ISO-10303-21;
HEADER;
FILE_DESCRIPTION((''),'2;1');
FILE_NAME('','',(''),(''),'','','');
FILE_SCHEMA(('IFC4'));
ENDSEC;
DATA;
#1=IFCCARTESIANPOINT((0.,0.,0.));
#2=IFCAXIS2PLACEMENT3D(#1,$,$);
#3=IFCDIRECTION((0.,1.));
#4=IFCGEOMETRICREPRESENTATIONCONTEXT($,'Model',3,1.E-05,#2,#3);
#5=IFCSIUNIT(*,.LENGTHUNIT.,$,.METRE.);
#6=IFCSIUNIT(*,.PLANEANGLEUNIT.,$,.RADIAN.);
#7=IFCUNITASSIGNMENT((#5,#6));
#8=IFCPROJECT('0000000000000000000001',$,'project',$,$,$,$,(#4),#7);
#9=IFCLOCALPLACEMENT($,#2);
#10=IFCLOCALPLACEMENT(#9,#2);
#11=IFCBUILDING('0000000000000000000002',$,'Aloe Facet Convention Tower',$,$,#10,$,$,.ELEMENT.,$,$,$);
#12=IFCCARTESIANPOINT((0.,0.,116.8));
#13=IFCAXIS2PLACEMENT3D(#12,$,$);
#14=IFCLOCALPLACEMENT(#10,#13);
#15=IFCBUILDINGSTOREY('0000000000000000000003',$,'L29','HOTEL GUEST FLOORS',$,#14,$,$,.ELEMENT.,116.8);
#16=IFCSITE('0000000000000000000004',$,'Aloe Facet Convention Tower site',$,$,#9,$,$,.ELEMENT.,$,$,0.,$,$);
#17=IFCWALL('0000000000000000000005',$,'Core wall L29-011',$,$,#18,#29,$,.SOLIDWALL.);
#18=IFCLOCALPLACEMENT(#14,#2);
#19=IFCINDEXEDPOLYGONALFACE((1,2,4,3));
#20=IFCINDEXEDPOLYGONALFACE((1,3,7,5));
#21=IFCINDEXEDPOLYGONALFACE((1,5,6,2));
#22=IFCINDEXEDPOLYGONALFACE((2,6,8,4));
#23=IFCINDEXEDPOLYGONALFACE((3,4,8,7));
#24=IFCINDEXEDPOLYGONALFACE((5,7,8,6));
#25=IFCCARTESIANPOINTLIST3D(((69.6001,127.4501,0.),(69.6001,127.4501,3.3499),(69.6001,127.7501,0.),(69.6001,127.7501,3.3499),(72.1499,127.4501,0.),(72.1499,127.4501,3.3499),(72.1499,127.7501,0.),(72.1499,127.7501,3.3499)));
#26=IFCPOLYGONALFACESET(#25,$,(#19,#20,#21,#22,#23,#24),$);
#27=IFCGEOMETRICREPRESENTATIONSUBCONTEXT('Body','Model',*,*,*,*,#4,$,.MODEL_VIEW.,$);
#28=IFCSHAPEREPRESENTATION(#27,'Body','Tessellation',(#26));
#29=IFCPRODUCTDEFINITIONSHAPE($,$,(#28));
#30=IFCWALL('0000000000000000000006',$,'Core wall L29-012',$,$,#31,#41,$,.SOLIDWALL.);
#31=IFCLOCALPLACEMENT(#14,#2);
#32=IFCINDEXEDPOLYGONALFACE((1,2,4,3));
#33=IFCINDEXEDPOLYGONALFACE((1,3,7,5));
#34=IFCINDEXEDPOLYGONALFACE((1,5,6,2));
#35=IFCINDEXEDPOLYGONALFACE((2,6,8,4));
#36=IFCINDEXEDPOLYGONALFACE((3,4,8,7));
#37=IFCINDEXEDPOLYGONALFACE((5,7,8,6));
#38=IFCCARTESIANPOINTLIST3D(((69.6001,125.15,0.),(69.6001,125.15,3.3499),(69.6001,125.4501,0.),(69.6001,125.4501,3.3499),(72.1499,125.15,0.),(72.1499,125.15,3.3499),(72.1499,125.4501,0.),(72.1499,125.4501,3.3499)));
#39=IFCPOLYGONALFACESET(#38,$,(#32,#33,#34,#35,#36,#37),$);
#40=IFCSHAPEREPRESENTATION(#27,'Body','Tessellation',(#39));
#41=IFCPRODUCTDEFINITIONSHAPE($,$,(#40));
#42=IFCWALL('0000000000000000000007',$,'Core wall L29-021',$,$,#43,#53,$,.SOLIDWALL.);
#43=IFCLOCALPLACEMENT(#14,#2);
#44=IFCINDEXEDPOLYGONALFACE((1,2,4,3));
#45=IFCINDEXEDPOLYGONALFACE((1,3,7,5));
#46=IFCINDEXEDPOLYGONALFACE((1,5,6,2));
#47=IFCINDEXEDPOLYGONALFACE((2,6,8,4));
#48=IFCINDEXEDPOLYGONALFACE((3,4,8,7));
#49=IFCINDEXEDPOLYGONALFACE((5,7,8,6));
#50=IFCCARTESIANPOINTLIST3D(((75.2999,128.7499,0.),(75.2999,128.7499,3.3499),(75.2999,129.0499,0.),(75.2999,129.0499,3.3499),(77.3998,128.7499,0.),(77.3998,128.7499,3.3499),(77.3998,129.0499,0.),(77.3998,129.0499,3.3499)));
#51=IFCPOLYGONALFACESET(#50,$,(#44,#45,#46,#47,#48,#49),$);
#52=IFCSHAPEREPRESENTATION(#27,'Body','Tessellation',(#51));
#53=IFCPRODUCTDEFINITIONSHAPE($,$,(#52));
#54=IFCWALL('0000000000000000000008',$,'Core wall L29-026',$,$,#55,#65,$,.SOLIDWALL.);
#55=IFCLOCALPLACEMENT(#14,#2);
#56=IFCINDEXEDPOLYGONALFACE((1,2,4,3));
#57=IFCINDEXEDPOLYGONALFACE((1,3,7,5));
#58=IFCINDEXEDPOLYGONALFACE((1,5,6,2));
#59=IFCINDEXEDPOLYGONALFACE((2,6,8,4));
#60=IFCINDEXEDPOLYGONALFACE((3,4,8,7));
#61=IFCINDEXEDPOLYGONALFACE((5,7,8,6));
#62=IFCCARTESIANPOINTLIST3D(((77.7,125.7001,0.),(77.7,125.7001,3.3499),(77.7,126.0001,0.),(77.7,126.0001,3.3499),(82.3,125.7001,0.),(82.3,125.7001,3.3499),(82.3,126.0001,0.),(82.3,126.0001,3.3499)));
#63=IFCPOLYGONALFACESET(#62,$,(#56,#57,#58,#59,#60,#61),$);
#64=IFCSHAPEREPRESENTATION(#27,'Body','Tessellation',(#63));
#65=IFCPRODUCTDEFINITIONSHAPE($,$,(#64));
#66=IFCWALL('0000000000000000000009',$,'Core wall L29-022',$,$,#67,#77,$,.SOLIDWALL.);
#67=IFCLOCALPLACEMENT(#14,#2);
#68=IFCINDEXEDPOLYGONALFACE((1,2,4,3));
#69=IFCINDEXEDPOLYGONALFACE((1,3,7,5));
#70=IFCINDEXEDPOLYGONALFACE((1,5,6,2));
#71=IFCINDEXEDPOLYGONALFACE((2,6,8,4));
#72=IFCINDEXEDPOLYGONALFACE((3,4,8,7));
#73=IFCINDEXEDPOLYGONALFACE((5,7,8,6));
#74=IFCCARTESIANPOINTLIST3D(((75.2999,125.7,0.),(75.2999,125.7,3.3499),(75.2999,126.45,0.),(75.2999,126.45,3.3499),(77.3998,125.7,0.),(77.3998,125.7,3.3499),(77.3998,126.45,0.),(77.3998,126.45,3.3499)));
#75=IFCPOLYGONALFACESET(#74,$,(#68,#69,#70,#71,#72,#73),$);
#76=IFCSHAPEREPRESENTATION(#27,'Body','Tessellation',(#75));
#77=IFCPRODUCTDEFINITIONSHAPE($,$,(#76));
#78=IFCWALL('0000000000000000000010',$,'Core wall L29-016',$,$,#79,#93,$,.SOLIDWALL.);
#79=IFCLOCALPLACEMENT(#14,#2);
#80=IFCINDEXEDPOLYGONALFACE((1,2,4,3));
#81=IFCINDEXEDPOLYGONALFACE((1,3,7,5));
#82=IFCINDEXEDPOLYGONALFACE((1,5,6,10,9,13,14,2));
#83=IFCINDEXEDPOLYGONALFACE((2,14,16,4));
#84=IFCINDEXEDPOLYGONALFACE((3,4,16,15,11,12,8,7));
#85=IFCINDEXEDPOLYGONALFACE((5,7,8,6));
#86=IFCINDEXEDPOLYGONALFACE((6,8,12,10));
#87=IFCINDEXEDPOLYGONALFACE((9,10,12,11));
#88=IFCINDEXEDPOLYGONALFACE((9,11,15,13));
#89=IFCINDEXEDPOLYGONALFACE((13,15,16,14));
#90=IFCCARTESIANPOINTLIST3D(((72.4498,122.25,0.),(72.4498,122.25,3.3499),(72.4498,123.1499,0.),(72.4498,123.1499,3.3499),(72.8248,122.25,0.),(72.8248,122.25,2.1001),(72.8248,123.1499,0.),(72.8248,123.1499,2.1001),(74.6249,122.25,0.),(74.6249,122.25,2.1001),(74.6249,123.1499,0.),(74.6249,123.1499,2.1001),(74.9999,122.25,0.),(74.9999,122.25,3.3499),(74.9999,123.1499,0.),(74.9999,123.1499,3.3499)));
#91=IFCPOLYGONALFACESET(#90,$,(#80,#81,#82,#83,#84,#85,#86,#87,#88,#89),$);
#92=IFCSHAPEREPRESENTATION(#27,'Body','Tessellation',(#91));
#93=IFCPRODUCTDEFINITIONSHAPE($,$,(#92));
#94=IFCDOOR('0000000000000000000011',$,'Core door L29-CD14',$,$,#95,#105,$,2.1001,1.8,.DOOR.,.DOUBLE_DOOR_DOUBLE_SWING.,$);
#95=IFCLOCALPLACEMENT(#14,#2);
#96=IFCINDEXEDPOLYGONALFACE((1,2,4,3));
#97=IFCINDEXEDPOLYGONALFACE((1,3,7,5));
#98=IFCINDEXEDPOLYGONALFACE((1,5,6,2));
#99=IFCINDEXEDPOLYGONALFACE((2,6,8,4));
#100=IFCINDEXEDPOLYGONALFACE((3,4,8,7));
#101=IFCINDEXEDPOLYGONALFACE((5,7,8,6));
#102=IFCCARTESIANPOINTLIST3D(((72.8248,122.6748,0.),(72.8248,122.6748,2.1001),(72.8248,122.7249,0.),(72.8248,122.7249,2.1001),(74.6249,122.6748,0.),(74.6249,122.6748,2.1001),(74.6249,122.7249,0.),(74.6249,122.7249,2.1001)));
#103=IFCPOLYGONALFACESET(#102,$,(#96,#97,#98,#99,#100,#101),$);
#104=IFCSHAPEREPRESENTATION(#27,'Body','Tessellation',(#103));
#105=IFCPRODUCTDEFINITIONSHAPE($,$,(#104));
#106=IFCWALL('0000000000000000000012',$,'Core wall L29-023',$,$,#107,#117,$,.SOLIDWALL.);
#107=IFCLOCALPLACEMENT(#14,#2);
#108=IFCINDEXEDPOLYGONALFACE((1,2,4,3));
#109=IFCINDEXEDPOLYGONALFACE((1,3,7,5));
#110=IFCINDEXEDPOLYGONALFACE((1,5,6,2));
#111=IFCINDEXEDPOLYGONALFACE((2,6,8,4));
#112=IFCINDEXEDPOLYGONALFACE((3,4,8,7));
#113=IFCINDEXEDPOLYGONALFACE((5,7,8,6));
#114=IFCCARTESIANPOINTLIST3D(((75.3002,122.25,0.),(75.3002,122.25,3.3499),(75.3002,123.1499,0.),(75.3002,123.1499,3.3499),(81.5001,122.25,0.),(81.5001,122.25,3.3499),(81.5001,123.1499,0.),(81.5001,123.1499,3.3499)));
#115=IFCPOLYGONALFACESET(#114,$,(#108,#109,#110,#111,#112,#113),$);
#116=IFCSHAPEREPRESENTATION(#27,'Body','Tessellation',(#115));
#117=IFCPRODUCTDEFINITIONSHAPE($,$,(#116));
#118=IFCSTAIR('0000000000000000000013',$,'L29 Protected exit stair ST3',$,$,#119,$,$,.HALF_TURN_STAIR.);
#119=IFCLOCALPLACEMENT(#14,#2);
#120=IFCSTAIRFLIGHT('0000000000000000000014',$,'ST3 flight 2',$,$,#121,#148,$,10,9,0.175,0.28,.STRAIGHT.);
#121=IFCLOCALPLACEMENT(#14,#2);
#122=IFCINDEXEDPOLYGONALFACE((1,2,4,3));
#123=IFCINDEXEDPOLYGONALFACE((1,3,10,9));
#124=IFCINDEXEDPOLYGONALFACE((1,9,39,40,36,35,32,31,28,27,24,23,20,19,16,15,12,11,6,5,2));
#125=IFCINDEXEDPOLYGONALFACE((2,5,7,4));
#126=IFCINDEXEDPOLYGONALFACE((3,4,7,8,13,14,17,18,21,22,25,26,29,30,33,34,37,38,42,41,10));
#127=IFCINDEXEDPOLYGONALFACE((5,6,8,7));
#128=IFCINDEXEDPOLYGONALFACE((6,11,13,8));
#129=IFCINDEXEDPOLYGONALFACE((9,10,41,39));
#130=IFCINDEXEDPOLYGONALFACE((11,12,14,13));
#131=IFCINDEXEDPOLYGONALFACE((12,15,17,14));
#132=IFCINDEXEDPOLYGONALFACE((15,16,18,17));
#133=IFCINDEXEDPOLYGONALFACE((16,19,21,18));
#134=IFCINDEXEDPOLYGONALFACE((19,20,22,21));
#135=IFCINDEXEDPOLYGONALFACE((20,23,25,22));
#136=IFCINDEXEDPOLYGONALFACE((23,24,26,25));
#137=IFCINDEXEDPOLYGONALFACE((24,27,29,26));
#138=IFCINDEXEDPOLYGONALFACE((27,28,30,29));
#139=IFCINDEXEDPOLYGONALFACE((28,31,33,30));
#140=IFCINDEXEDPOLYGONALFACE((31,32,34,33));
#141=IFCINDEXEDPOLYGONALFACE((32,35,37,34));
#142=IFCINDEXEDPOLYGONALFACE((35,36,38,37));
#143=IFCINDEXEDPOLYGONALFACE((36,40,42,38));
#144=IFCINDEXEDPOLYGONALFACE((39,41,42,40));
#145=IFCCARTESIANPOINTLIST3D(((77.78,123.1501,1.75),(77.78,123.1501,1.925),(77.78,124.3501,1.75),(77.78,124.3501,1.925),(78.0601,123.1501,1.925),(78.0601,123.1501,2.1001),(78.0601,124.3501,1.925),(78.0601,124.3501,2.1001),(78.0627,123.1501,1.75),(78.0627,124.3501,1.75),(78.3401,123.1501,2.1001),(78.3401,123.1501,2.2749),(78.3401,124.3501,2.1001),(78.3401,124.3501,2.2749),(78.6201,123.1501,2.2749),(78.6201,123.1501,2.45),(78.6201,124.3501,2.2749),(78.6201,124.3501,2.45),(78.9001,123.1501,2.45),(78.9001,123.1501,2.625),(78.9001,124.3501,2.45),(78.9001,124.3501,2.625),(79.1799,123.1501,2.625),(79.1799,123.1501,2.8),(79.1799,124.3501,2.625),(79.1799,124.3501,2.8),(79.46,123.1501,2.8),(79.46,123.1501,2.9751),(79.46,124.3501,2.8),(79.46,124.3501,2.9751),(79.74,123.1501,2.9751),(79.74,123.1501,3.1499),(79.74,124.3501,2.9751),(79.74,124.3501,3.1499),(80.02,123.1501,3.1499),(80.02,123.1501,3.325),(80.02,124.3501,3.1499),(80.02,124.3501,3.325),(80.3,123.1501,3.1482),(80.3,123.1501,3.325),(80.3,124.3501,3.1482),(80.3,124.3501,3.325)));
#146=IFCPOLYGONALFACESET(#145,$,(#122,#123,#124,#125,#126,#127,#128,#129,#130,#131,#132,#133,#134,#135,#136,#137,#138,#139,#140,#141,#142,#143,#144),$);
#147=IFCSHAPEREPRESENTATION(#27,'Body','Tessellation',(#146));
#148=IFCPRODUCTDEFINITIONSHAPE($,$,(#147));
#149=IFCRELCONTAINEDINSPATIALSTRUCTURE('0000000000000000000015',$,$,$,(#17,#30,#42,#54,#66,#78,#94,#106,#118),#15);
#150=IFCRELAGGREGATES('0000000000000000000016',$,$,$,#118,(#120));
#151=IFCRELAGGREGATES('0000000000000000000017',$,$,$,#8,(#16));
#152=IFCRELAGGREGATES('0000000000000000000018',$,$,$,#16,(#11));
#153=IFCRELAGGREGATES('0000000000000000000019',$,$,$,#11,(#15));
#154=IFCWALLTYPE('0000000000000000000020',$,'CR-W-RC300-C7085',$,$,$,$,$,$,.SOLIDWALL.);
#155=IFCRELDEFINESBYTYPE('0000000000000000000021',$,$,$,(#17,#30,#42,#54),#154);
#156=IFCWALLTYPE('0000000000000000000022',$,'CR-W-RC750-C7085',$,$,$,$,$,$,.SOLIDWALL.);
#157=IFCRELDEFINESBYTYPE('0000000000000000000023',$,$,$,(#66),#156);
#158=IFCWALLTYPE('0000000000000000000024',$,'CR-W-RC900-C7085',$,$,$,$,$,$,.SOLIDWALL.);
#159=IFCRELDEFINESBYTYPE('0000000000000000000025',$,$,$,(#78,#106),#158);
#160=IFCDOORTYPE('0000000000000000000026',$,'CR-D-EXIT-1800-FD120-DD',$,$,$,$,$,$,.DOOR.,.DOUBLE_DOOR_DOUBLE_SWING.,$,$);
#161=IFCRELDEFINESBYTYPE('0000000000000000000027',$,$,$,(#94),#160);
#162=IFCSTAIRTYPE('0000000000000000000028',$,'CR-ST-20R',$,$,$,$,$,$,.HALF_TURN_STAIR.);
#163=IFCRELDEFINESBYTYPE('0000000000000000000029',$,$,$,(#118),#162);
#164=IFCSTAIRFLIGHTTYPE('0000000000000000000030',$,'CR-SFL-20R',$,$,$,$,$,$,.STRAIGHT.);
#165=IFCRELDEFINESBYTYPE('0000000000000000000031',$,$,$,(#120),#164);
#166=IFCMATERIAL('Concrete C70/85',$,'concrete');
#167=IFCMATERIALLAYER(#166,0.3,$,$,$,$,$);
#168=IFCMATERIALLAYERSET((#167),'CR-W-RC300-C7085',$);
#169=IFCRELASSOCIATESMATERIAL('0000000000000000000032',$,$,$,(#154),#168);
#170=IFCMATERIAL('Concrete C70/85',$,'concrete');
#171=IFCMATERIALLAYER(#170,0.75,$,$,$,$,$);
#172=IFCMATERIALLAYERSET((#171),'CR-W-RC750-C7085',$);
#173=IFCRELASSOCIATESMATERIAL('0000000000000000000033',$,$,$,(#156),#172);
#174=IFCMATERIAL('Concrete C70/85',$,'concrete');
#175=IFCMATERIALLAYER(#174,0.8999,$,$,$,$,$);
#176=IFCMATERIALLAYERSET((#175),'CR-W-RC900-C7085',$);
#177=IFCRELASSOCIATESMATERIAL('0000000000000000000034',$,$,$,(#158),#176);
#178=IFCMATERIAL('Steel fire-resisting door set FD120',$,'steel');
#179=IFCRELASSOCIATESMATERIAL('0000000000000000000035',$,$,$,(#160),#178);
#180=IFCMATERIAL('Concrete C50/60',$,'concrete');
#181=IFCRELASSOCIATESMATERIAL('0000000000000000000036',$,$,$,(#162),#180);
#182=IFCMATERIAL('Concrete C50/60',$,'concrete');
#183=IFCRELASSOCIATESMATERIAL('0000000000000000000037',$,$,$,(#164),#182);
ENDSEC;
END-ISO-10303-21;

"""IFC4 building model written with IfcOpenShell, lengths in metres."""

from ifc_helpers import new_model, si_unit, direction, frame, frame_2d, origin, place, context, subcontext, project, spatial, polyline, rectangle, outline, extrude, material, layer, layer_set, type_object, element, fill, aggregate, save


model = new_model("IFC4")

# Units and contexts
model_context = context("Model", 3, precision=1e-05, world=origin(), true_north=direction((0.0, 1.0)))
body_context = subcontext(model_context, "Body", "Model", "MODEL_VIEW")
ifc_project = project(units=[si_unit("LENGTHUNIT", "METRE"), si_unit("PLANEANGLEUNIT", "RADIAN")], contexts=[model_context])

# Site, building, storey
site_placement = place(None, origin())
site = spatial("IfcSite", under=ifc_project, at=site_placement, Name="Aloe Facet Convention Tower site", CompositionType="ELEMENT", RefElevation=0.0)
building_placement = place(site_placement, origin())
building = spatial("IfcBuilding", under=site, at=building_placement, Name="Aloe Facet Convention Tower", CompositionType="ELEMENT")
storey_placement = place(building_placement, frame((0.0, 0.0, 116.8)))
storey = spatial("IfcBuildingStorey", under=building, at=storey_placement, Name="L29", Description="HOTEL GUEST FLOORS", CompositionType="ELEMENT", Elevation=116.8)

# Walls
ifc_material_1 = material(Name="Concrete C70/85", Category="concrete")
ifc_layer_1 = layer(ifc_material_1, 0.3)
ifc_layer_set_1 = layer_set([ifc_layer_1], Name="CR-W-RC300-C7085")
wall_type_1 = type_object("IfcWallType", Name="CR-W-RC300-C7085", PredefinedType="SOLIDWALL", material=ifc_layer_set_1)
for number, where, z_axis, x_axis, name in (
    (1, (69.6001, 127.6001, 0.0), (0.0, 0.0, 1.0), (1.0, 0.0, 0.0), "Core wall L29-011"),
    (2, (69.6001, 125.3, 0.0), (0.0, 0.0, 1.0), (1.0, 0.0, 0.0), "Core wall L29-012"),
):
    element("IfcWall", number, at=place(storey_placement, frame(where, z_axis=z_axis, x_axis=x_axis)), inside=storey, type_object=wall_type_1, Name=name, PredefinedType="SOLIDWALL", context=body_context, shape_type="SweptSolid", body=[
        extrude(rectangle(XDim=2.5498, YDim=0.3, at=frame_2d((1.2749, 0.0))), origin(), (0.0, 0.0, 1.0), 3.3499),
    ])
wall_1_placement = place(storey_placement, frame((75.3, 128.8999, 0.0), z_axis=(0.0, 0.0, 1.0), x_axis=(1.0, 0.0, 0.0)))
element("IfcWall", 3, at=wall_1_placement, inside=storey, type_object=wall_type_1, Name="Core wall L29-021", PredefinedType="SOLIDWALL", context=body_context, shape_type="SweptSolid", body=[
    extrude(rectangle(XDim=2.0999, YDim=0.3, at=frame_2d((1.0498, 0.0))), origin(), (0.0, 0.0, 1.0), 3.3499),
])
wall_2_placement = place(storey_placement, frame((77.7, 125.8501, 0.0), z_axis=(0.0, 0.0, 1.0), x_axis=(1.0, 0.0, 0.0)))
element("IfcWall", 4, at=wall_2_placement, inside=storey, type_object=wall_type_1, Name="Core wall L29-026", PredefinedType="SOLIDWALL", context=body_context, shape_type="SweptSolid", body=[
    extrude(rectangle(XDim=4.6001, YDim=0.3, at=frame_2d((2.3, 0.0))), origin(), (0.0, 0.0, 1.0), 3.3499),
])
ifc_material_2 = material(Name="Concrete C70/85", Category="concrete")
ifc_layer_2 = layer(ifc_material_2, 0.75)
ifc_layer_set_2 = layer_set([ifc_layer_2], Name="CR-W-RC750-C7085")
wall_type_2 = type_object("IfcWallType", Name="CR-W-RC750-C7085", PredefinedType="SOLIDWALL", material=ifc_layer_set_2)
wall_3_placement = place(storey_placement, frame((75.3, 126.075, 0.0), z_axis=(0.0, 0.0, 1.0), x_axis=(1.0, 0.0, 0.0)))
element("IfcWall", 5, at=wall_3_placement, inside=storey, type_object=wall_type_2, Name="Core wall L29-022", PredefinedType="SOLIDWALL", context=body_context, shape_type="SweptSolid", body=[
    extrude(rectangle(XDim=2.0999, YDim=0.75, at=frame_2d((1.0498, 0.0))), origin(), (0.0, 0.0, 1.0), 3.3499),
])

# Wall, opening, door
ifc_material_3 = material(Name="Concrete C70/85", Category="concrete")
ifc_layer_3 = layer(ifc_material_3, 0.8999)
ifc_layer_set_3 = layer_set([ifc_layer_3], Name="CR-W-RC900-C7085")
wall_type_3 = type_object("IfcWallType", Name="CR-W-RC900-C7085", PredefinedType="SOLIDWALL", material=ifc_layer_set_3)
wall_4_placement = place(storey_placement, frame((72.45, 122.7, 0.0), z_axis=(0.0, 0.0, 1.0), x_axis=(1.0, 0.0, 0.0)))
wall_4 = element("IfcWall", 6, at=wall_4_placement, inside=storey, type_object=wall_type_3, Name="Core wall L29-016", PredefinedType="SOLIDWALL", context=body_context, shape_type="SweptSolid", body=[
    extrude(rectangle(XDim=2.55, YDim=0.8999, at=frame_2d((1.2749, 0.0))), origin(), (0.0, 0.0, 1.0), 3.3499),
])
opening_placement = place(wall_4_placement, frame((0.375, 0.0, 0.0)))
opening = element("IfcOpeningElement", 7, at=opening_placement, cuts=wall_4, PredefinedType="OPENING", context=body_context, shape_type="SweptSolid", body=[
    extrude(rectangle(XDim=1.8, YDim=2.1001, at=frame_2d((0.8999, 1.05))), frame((0.0, 0.46, 0.0), z_axis=(0.0, -1.0, 0.0), x_axis=(1.0, 0.0, 0.0)), (0.0, 0.0, 1.0), 0.9199),
])
ifc_material_4 = material(Name="Steel fire-resisting door set FD120", Category="steel")
door_type = type_object("IfcDoorType", Name="CR-D-EXIT-1800-FD120-DD", OperationType="DOUBLE_DOOR_DOUBLE_SWING", PredefinedType="DOOR", material=ifc_material_4)
door_placement = place(opening_placement, origin())
door = element("IfcDoor", 8, at=door_placement, inside=storey, type_object=door_type, Name="Core door L29-CD14", OperationType="DOUBLE_DOOR_DOUBLE_SWING", OverallHeight=2.1001, OverallWidth=1.8, PredefinedType="DOOR", context=body_context, shape_type="SweptSolid", body=[
    extrude(rectangle(XDim=1.8, YDim=2.1001, at=frame_2d((0.8999, 1.05))), frame((0.0, 0.0249, 0.0), z_axis=(0.0, -1.0, 0.0), x_axis=(1.0, 0.0, 0.0)), (0.0, 0.0, 1.0), 0.05),
])
fill(opening, door)

# Wall
wall_5_placement = place(storey_placement, frame((75.3, 122.7, 0.0), z_axis=(0.0, 0.0, 1.0), x_axis=(1.0, 0.0, 0.0)))
element("IfcWall", 9, at=wall_5_placement, inside=storey, type_object=wall_type_3, Name="Core wall L29-023", PredefinedType="SOLIDWALL", context=body_context, shape_type="SweptSolid", body=[
    extrude(rectangle(XDim=6.2, YDim=0.8999, at=frame_2d((3.1001, 0.0))), origin(), (0.0, 0.0, 1.0), 3.3499),
])

# Stair, stair flight
ifc_material_5 = material(Name="Concrete C50/60", Category="concrete")
stair_type = type_object("IfcStairType", Name="CR-ST-20R", PredefinedType="HALF_TURN_STAIR", material=ifc_material_5)
stair_placement = place(storey_placement, origin())
stair = element("IfcStair", 10, at=stair_placement, inside=storey, type_object=stair_type, Name="L29 Protected exit stair ST3", PredefinedType="HALF_TURN_STAIR")
ifc_material_6 = material(Name="Concrete C50/60", Category="concrete")
stair_flight_type = type_object("IfcStairFlightType", Name="CR-SFL-20R", PredefinedType="STRAIGHT", material=ifc_material_6)
stair_flight_placement = place(storey_placement, frame((77.78, 123.75, 1.75), z_axis=(0.0, 0.0, 1.0), x_axis=(1.0, 0.0, 0.0)))
stair_flight = element("IfcStairFlight", 11, at=stair_flight_placement, type_object=stair_flight_type, Name="ST3 flight 2", NumberOfRisers=10, NumberOfTreads=9, PredefinedType="STRAIGHT", RiserHeight=0.175, TreadLength=0.28, context=body_context, shape_type="SweptSolid", body=[
    extrude(outline(polyline([(0.0, 0.0), (0.0, 0.175), (0.28, 0.175), (0.28, 0.3501), (0.5601, 0.3501), (0.5601, 0.5249), (0.8401, 0.5249), (0.8401, 0.7), (1.1201, 0.7), (1.1201, 0.875), (1.3999, 0.875), (1.3999, 1.05), (1.6799, 1.05), (1.6799, 1.2251), (1.96, 1.2251), (1.96, 1.3999), (2.24, 1.3999), (2.24, 1.575), (2.52, 1.575), (2.52, 1.75), (2.52, 1.3982), (0.2827, 0.0), (0.0, 0.0)])), frame((0.0, 0.6001, 0.0), z_axis=(0.0, -1.0, 0.0), x_axis=(1.0, 0.0, 0.0)), (0.0, 0.0, 1.0), 1.2),
])
aggregate(stair, [stair_flight])

save(model, "model.ifc")
